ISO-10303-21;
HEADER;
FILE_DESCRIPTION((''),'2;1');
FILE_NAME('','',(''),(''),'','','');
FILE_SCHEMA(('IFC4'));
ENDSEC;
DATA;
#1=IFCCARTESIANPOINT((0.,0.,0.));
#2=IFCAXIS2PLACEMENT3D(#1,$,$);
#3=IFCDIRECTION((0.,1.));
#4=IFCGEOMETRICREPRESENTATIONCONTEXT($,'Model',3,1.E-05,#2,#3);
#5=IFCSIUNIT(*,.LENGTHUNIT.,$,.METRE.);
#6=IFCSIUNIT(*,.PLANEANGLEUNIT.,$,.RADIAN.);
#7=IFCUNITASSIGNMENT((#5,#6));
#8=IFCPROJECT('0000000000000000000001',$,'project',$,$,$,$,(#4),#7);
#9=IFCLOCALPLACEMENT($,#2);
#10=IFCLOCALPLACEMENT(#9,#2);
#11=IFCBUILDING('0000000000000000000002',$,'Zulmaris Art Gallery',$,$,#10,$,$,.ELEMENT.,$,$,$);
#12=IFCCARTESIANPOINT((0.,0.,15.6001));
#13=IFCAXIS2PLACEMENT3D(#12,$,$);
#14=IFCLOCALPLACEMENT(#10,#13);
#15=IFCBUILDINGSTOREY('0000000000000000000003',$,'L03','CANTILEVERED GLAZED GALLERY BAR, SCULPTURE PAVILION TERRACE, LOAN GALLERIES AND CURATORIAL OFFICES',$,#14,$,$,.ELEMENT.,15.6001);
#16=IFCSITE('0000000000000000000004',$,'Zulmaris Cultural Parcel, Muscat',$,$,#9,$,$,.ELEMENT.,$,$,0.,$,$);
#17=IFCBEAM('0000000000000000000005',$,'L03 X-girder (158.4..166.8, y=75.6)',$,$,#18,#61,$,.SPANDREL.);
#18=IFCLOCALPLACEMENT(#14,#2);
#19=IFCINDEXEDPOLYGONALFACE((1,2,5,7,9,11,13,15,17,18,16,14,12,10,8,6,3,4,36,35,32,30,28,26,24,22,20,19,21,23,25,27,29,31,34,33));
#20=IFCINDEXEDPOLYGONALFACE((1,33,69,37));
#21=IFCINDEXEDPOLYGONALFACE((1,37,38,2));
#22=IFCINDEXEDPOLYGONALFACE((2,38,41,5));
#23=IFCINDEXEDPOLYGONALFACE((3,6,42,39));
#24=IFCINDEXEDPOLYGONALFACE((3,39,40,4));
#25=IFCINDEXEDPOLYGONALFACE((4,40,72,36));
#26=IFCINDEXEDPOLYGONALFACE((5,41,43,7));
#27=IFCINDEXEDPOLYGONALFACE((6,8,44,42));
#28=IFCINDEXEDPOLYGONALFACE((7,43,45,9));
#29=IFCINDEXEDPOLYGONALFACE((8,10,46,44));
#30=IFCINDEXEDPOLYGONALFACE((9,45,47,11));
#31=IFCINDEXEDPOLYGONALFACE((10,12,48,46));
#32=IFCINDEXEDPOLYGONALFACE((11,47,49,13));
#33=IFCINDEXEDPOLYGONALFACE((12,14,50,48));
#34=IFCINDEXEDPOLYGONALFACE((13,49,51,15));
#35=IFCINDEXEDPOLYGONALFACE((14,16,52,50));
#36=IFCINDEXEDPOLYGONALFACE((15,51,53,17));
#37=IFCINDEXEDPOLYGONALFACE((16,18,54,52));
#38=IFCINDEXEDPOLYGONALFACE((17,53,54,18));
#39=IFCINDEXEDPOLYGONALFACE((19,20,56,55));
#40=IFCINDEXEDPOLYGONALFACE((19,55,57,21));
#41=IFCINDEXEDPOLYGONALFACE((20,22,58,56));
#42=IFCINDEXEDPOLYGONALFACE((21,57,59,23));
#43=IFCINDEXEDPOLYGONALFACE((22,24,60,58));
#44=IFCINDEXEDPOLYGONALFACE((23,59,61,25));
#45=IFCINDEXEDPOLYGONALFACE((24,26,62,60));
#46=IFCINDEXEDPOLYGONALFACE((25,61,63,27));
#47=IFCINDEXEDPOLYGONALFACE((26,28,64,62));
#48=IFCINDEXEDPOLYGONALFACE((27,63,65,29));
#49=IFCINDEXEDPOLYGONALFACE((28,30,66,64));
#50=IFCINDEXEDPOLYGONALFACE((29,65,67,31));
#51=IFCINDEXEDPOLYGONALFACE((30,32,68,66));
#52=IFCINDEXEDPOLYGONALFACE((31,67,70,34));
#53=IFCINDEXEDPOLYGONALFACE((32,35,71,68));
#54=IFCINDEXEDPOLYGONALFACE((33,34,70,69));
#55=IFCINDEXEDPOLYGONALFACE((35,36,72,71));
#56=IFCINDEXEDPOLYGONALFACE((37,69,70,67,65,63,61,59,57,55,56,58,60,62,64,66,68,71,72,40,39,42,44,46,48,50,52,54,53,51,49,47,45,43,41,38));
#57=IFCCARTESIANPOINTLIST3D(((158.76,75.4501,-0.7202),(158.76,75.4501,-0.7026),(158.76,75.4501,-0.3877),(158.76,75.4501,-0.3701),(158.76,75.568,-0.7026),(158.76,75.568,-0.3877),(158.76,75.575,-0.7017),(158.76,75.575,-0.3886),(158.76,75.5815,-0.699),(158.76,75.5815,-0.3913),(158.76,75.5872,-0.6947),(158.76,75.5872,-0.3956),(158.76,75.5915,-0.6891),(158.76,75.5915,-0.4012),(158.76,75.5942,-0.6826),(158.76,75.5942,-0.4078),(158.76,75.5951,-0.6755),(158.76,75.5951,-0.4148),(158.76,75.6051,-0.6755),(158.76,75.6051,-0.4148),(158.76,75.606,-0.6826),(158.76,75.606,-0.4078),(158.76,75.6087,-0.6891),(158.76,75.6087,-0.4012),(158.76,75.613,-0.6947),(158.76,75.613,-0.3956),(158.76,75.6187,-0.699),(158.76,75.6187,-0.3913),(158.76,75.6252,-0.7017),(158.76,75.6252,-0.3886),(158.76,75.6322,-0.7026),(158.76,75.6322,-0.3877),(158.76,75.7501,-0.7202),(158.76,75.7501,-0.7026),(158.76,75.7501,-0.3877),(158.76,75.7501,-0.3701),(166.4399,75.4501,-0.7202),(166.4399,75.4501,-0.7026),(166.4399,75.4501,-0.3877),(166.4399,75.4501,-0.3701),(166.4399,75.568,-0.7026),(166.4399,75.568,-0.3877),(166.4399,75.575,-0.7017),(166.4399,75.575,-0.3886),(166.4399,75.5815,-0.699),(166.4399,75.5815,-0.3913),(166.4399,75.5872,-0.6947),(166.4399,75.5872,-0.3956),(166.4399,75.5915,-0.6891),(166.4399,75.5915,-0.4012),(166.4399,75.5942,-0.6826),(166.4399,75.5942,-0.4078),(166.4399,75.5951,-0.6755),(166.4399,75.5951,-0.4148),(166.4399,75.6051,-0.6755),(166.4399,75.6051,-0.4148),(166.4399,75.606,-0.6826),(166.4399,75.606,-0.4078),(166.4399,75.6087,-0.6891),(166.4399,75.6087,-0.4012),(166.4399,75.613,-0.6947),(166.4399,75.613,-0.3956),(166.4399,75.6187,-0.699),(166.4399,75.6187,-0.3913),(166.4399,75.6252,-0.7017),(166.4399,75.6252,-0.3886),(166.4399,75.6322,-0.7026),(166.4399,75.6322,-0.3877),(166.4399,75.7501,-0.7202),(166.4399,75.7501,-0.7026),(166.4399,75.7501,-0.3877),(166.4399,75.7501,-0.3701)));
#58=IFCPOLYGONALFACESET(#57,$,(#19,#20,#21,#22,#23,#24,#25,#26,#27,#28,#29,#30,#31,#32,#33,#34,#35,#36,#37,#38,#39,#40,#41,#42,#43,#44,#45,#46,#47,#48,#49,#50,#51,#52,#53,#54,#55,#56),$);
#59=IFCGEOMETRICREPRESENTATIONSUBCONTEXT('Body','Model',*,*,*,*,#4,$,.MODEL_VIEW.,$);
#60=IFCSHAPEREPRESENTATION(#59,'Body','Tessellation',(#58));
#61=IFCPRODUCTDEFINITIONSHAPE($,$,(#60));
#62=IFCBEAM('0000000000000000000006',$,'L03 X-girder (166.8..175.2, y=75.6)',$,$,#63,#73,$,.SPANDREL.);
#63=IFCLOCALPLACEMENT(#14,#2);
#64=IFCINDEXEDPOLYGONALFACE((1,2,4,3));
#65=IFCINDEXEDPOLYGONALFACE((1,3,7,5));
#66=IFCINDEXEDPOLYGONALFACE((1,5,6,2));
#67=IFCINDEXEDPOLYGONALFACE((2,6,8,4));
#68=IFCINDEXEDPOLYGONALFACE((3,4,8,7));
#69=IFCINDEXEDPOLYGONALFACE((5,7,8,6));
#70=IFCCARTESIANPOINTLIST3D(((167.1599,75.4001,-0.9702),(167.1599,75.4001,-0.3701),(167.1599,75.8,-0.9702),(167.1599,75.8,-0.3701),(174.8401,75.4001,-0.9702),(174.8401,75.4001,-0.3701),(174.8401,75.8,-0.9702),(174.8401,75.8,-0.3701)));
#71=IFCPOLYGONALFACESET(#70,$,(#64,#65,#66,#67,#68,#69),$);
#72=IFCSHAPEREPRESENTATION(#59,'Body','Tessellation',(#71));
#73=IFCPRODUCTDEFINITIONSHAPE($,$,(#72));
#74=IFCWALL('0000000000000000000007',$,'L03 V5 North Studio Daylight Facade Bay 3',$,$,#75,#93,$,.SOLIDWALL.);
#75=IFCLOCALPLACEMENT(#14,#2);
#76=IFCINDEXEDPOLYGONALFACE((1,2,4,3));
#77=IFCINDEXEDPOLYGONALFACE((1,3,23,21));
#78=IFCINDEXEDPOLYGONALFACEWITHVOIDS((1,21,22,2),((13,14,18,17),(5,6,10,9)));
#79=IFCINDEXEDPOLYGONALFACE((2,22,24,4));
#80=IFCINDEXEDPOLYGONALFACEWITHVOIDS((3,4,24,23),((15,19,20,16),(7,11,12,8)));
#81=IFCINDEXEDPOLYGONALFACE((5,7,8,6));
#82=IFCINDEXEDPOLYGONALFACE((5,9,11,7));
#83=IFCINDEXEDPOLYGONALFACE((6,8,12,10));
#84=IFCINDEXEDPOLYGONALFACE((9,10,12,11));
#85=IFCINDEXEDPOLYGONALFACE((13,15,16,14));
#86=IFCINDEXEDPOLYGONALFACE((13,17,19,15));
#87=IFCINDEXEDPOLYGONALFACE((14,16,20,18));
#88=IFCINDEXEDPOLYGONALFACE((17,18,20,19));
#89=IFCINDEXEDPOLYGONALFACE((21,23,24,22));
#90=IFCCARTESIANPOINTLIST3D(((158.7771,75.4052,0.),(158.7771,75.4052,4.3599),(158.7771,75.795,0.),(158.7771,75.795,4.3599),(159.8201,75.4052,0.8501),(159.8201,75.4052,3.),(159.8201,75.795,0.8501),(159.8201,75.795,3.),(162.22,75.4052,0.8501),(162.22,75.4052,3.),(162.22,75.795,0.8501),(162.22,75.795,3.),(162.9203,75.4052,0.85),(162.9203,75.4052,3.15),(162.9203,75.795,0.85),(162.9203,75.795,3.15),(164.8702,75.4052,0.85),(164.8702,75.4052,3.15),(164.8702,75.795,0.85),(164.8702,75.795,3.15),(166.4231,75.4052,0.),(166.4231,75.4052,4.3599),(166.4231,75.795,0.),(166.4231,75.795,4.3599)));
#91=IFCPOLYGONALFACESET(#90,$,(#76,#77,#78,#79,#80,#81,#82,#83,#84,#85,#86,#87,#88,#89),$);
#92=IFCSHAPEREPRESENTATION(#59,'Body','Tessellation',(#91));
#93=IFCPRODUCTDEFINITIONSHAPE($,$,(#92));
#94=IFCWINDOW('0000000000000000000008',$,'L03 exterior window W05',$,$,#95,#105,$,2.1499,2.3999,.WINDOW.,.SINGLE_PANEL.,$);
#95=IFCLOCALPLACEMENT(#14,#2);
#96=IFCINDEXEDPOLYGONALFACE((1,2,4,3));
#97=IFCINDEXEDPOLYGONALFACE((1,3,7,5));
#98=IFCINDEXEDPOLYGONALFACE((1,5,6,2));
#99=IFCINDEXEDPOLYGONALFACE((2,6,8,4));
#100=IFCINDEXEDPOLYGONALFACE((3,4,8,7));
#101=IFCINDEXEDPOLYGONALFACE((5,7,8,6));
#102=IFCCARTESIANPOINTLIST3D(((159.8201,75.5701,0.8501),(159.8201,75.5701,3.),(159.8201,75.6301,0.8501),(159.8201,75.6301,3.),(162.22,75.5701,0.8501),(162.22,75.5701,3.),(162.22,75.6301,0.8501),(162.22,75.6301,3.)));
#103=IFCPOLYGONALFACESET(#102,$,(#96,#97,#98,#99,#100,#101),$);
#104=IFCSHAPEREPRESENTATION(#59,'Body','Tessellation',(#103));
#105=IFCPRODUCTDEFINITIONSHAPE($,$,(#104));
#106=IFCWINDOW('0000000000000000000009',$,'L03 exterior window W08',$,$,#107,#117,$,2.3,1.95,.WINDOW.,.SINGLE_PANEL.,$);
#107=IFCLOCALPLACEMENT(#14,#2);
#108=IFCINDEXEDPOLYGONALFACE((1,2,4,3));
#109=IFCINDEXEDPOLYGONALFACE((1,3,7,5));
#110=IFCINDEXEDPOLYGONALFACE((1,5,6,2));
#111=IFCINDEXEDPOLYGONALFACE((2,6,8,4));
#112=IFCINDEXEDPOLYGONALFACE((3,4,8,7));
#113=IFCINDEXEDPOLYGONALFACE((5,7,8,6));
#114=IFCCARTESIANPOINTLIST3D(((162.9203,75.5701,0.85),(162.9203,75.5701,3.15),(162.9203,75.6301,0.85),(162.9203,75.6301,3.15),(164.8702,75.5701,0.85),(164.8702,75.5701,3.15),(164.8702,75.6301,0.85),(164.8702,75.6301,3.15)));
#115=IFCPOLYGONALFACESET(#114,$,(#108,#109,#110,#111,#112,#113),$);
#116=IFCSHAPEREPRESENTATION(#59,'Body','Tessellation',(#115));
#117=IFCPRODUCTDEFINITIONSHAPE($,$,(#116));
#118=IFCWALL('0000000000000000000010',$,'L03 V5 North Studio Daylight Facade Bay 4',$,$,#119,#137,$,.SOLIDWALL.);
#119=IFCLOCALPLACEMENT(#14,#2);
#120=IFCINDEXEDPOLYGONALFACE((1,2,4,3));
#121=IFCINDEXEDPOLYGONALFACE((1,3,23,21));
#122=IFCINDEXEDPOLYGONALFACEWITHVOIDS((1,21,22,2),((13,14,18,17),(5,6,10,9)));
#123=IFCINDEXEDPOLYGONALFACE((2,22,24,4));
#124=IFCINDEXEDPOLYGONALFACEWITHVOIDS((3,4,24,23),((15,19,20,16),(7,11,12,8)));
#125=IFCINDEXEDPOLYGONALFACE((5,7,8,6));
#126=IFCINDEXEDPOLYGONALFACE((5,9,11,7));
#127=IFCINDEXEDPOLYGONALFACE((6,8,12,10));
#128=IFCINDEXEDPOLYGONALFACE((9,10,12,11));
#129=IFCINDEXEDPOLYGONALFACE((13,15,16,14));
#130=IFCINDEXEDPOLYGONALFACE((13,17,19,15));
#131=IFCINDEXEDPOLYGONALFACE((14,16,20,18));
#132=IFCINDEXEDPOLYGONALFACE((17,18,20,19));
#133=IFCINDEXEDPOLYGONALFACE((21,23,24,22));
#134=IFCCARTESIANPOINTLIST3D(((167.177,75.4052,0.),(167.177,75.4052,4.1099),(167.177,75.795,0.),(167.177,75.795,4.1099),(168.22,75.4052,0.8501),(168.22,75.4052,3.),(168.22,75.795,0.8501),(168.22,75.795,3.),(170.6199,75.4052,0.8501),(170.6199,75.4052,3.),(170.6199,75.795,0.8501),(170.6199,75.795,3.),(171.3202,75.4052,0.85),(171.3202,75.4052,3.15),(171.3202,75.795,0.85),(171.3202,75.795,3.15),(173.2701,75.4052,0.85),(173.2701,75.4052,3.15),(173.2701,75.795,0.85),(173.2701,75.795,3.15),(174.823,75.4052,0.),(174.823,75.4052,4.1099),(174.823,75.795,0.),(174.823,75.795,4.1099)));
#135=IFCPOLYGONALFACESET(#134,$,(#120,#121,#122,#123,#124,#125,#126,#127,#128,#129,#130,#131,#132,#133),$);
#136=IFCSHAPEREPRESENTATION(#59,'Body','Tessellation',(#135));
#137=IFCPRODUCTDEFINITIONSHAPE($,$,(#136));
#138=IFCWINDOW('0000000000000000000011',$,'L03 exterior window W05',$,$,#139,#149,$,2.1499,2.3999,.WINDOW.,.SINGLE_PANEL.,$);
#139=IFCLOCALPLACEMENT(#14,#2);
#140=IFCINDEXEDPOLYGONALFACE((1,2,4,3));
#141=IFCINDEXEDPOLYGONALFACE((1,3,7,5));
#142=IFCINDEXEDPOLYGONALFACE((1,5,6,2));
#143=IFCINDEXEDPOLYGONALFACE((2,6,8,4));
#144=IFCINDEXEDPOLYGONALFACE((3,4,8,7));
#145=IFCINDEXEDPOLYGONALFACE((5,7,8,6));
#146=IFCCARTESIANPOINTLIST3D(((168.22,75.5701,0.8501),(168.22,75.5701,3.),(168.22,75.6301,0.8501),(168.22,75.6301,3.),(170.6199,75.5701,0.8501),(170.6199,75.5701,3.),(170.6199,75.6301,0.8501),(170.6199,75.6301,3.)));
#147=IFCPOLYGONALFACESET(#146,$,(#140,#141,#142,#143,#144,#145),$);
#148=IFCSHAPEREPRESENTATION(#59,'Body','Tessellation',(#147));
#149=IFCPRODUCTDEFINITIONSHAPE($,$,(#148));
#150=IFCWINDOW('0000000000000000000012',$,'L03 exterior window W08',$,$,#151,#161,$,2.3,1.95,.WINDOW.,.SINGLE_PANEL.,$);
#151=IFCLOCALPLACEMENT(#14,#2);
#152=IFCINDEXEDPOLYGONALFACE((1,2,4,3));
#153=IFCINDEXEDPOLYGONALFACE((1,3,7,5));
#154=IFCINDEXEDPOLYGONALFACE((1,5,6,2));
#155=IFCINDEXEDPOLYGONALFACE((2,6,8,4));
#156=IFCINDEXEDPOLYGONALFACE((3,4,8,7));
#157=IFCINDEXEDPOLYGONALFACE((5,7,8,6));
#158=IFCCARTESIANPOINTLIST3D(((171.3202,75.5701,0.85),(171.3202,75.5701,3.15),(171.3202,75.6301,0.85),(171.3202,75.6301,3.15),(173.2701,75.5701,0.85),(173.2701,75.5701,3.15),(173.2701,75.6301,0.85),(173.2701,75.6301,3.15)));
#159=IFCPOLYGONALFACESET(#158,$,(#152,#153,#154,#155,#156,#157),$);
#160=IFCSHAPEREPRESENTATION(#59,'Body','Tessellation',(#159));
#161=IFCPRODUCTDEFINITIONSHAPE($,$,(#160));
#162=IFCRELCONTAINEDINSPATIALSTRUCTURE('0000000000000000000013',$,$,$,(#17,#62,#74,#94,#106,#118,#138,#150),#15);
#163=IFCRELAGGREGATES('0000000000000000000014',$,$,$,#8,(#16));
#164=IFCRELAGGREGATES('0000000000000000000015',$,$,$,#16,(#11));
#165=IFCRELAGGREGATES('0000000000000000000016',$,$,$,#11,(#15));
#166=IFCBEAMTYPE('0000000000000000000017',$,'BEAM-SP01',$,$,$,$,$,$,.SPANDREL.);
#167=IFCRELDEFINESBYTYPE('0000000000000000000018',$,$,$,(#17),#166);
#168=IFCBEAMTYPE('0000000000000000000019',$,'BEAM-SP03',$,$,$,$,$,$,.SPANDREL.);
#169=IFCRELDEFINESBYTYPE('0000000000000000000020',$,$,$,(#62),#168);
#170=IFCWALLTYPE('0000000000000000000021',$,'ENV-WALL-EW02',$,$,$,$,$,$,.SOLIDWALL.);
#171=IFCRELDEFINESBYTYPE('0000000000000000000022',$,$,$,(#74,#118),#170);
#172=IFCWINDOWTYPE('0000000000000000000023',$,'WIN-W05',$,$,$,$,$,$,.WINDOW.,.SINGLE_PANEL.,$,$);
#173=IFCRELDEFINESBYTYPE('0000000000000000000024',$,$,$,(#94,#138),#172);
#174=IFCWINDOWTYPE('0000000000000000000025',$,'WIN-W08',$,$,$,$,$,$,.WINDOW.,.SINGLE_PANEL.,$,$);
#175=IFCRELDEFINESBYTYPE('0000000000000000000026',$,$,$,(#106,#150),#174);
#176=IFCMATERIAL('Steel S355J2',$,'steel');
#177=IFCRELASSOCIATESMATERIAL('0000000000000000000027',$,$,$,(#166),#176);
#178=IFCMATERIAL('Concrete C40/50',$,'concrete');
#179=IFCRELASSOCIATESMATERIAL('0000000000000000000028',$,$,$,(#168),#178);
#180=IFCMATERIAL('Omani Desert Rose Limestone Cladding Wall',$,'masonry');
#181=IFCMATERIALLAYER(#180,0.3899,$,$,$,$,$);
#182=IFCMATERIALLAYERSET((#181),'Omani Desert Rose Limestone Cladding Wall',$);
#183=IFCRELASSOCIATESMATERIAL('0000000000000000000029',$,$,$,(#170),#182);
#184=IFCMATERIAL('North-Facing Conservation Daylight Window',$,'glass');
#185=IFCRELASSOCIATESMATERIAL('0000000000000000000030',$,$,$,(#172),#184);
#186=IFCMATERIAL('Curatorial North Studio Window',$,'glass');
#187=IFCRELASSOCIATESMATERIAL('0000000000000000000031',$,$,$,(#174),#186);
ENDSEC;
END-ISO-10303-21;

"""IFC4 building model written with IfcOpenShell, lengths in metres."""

from ifc_helpers import new_model, si_unit, direction, frame, frame_2d, origin, origin_2d, place, context, subcontext, project, spatial, rectangle, i_section, extrude, material, layer, layer_set, material_profile, profile_set, type_object, element, fill, save


model = new_model("IFC4")

# Units and contexts
model_context = context("Model", 3, precision=1e-05, world=origin(), true_north=direction((0.0, 1.0)))
body_context = subcontext(model_context, "Body", "Model", "MODEL_VIEW")
ifc_project = project(units=[si_unit("LENGTHUNIT", "METRE"), si_unit("PLANEANGLEUNIT", "RADIAN")], contexts=[model_context])

# Site, building, storey
site_placement = place(None, origin())
site = spatial("IfcSite", under=ifc_project, at=site_placement, Name="Zulmaris Cultural Parcel, Muscat", CompositionType="ELEMENT", RefElevation=0.0)
building_placement = place(site_placement, origin())
building = spatial("IfcBuilding", under=site, at=building_placement, Name="Zulmaris Art Gallery", CompositionType="ELEMENT")
storey_placement = place(building_placement, frame((0.0, 0.0, 15.6001)))
storey = spatial("IfcBuildingStorey", under=building, at=storey_placement, Name="L03", Description="CANTILEVERED GLAZED GALLERY BAR, SCULPTURE PAVILION TERRACE, LOAN GALLERIES AND CURATORIAL OFFICES", CompositionType="ELEMENT", Elevation=15.6001)

# Shared definitions
ifc_material_1 = material(Name="Concrete C40/50", Category="concrete")

# Beams
ifc_material_2 = material(Name="Steel S355J2", Category="steel")
ifc_material_profile_1 = material_profile(ifc_material_2, i_section(OverallWidth=0.3, OverallDepth=0.3501, WebThickness=0.01, FlangeThickness=0.0176, FilletRadius=0.0271, at=origin_2d()), Name="HEA 360")
ifc_profile_set_1 = profile_set([ifc_material_profile_1], Name="Steel S355J2")
beam_type_1 = type_object("IfcBeamType", Name="BEAM-SP01", PredefinedType="SPANDREL", material=ifc_profile_set_1)
beam_1_placement = place(storey_placement, frame((158.76, 75.6001, -0.5452), z_axis=(1.0, 0.0, 0.0), x_axis=(0.0, 1.0, 0.0)))
element("IfcBeam", 1, at=beam_1_placement, inside=storey, type_object=beam_type_1, Name="L03 X-girder (158.4..166.8, y=75.6)", PredefinedType="SPANDREL", context=body_context, shape_type="SweptSolid", body=[
    extrude(i_section(OverallWidth=0.3, OverallDepth=0.3501, WebThickness=0.01, FlangeThickness=0.0176, FilletRadius=0.0271, at=origin_2d()), origin(), (0.0, 0.0, 1.0), 7.6799),
])
ifc_material_profile_2 = material_profile(ifc_material_1, rectangle(XDim=0.3999, YDim=0.6001, at=origin_2d()), Name="RC 400x600")
ifc_profile_set_2 = profile_set([ifc_material_profile_2], Name="Concrete C40/50")
beam_type_2 = type_object("IfcBeamType", Name="BEAM-SP03", PredefinedType="SPANDREL", material=ifc_profile_set_2)
beam_2_placement = place(storey_placement, frame((167.1599, 75.6001, -0.6702), z_axis=(1.0, 0.0, 0.0), x_axis=(0.0, 1.0, 0.0)))
element("IfcBeam", 2, at=beam_2_placement, inside=storey, type_object=beam_type_2, Name="L03 X-girder (166.8..175.2, y=75.6)", PredefinedType="SPANDREL", context=body_context, shape_type="SweptSolid", body=[
    extrude(rectangle(XDim=0.3999, YDim=0.6001, at=origin_2d()), origin(), (0.0, 0.0, 1.0), 7.6802),
])

# Walls, openings, windows
ifc_material_3 = material(Name="Omani Desert Rose Limestone Cladding Wall", Category="masonry")
ifc_layer_1 = layer(ifc_material_3, 0.3899)
ifc_layer_set_1 = layer_set([ifc_layer_1], Name="Omani Desert Rose Limestone Cladding Wall")
wall_type_1 = type_object("IfcWallType", Name="ENV-WALL-EW02", PredefinedType="SOLIDWALL", material=ifc_layer_set_1)
wall_1_placement = place(storey_placement, frame((158.7771, 75.6001, 0.0), z_axis=(0.0, 0.0, 1.0), x_axis=(1.0, 0.0, 0.0)))
wall_1 = element("IfcWall", 3, at=wall_1_placement, inside=storey, type_object=wall_type_1, Name="L03 V5 North Studio Daylight Facade Bay 3", PredefinedType="SOLIDWALL", context=body_context, shape_type="SweptSolid", body=[
    extrude(rectangle(XDim=7.646, YDim=0.3899, at=frame_2d((3.823, 0.0))), origin(), (0.0, 0.0, 1.0), 4.3599),
])
opening_1_placement = place(wall_1_placement, frame((1.043, 0.0, 0.8501)))
opening_1 = element("IfcOpeningElement", 4, at=opening_1_placement, cuts=wall_1, PredefinedType="OPENING", context=body_context, shape_type="SweptSolid", body=[
    extrude(rectangle(XDim=2.3999, YDim=2.1499, at=frame_2d((1.2, 1.075))), frame((0.0, 0.2048, 0.0), z_axis=(0.0, -1.0, 0.0), x_axis=(1.0, 0.0, 0.0)), (0.0, 0.0, 1.0), 0.4099),
])
opening_2_placement = place(wall_1_placement, frame((4.1431, 0.0, 0.8501)))
opening_2 = element("IfcOpeningElement", 5, at=opening_2_placement, cuts=wall_1, PredefinedType="OPENING", context=body_context, shape_type="SweptSolid", body=[
    extrude(rectangle(XDim=1.95, YDim=2.3, at=frame_2d((0.9751, 1.1499))), frame((0.0, 0.2048, 0.0), z_axis=(0.0, -1.0, 0.0), x_axis=(1.0, 0.0, 0.0)), (0.0, 0.0, 1.0), 0.4099),
])
ifc_material_4 = material(Name="North-Facing Conservation Daylight Window", Category="glass")
window_type_1 = type_object("IfcWindowType", Name="WIN-W05", PartitioningType="SINGLE_PANEL", PredefinedType="WINDOW", material=ifc_material_4)
window_1_placement = place(opening_1_placement, origin())
window_1 = element("IfcWindow", 6, at=window_1_placement, inside=storey, type_object=window_type_1, Name="L03 exterior window W05", OverallHeight=2.1499, OverallWidth=2.3999, PartitioningType="SINGLE_PANEL", PredefinedType="WINDOW", context=body_context, shape_type="SweptSolid", body=[
    extrude(rectangle(XDim=2.3999, YDim=2.1499, at=frame_2d((1.2, 1.075))), frame((0.0, 0.03, 0.0), z_axis=(0.0, -1.0, 0.0), x_axis=(1.0, 0.0, 0.0)), (0.0, 0.0, 1.0), 0.0601),
])
fill(opening_1, window_1)
ifc_material_5 = material(Name="Curatorial North Studio Window", Category="glass")
window_type_2 = type_object("IfcWindowType", Name="WIN-W08", PartitioningType="SINGLE_PANEL", PredefinedType="WINDOW", material=ifc_material_5)
window_2_placement = place(opening_2_placement, origin())
window_2 = element("IfcWindow", 7, at=window_2_placement, inside=storey, type_object=window_type_2, Name="L03 exterior window W08", OverallHeight=2.3, OverallWidth=1.95, PartitioningType="SINGLE_PANEL", PredefinedType="WINDOW", context=body_context, shape_type="SweptSolid", body=[
    extrude(rectangle(XDim=1.95, YDim=2.3, at=frame_2d((0.9751, 1.1499))), frame((0.0, 0.03, 0.0), z_axis=(0.0, -1.0, 0.0), x_axis=(1.0, 0.0, 0.0)), (0.0, 0.0, 1.0), 0.0601),
])
fill(opening_2, window_2)
wall_2_placement = place(storey_placement, frame((167.177, 75.6001, 0.0), z_axis=(0.0, 0.0, 1.0), x_axis=(1.0, 0.0, 0.0)))
wall_2 = element("IfcWall", 8, at=wall_2_placement, inside=storey, type_object=wall_type_1, Name="L03 V5 North Studio Daylight Facade Bay 4", PredefinedType="SOLIDWALL", context=body_context, shape_type="SweptSolid", body=[
    extrude(rectangle(XDim=7.646, YDim=0.3899, at=frame_2d((3.823, 0.0))), origin(), (0.0, 0.0, 1.0), 4.1099),
])
opening_3_placement = place(wall_2_placement, frame((1.043, 0.0, 0.8501)))
opening_3 = element("IfcOpeningElement", 9, at=opening_3_placement, cuts=wall_2, PredefinedType="OPENING", context=body_context, shape_type="SweptSolid", body=[
    extrude(rectangle(XDim=2.3999, YDim=2.1499, at=frame_2d((1.2, 1.075))), frame((0.0, 0.2048, 0.0), z_axis=(0.0, -1.0, 0.0), x_axis=(1.0, 0.0, 0.0)), (0.0, 0.0, 1.0), 0.4099),
])
opening_4_placement = place(wall_2_placement, frame((4.1431, 0.0, 0.8501)))
opening_4 = element("IfcOpeningElement", 10, at=opening_4_placement, cuts=wall_2, PredefinedType="OPENING", context=body_context, shape_type="SweptSolid", body=[
    extrude(rectangle(XDim=1.95, YDim=2.3, at=frame_2d((0.9751, 1.1499))), frame((0.0, 0.2048, 0.0), z_axis=(0.0, -1.0, 0.0), x_axis=(1.0, 0.0, 0.0)), (0.0, 0.0, 1.0), 0.4099),
])
window_3_placement = place(opening_3_placement, origin())
window_3 = element("IfcWindow", 11, at=window_3_placement, inside=storey, type_object=window_type_1, Name="L03 exterior window W05", OverallHeight=2.1499, OverallWidth=2.3999, PartitioningType="SINGLE_PANEL", PredefinedType="WINDOW", context=body_context, shape_type="SweptSolid", body=[
    extrude(rectangle(XDim=2.3999, YDim=2.1499, at=frame_2d((1.2, 1.075))), frame((0.0, 0.03, 0.0), z_axis=(0.0, -1.0, 0.0), x_axis=(1.0, 0.0, 0.0)), (0.0, 0.0, 1.0), 0.0601),
])
fill(opening_3, window_3)
window_4_placement = place(opening_4_placement, origin())
window_4 = element("IfcWindow", 12, at=window_4_placement, inside=storey, type_object=window_type_2, Name="L03 exterior window W08", OverallHeight=2.3, OverallWidth=1.95, PartitioningType="SINGLE_PANEL", PredefinedType="WINDOW", context=body_context, shape_type="SweptSolid", body=[
    extrude(rectangle(XDim=1.95, YDim=2.3, at=frame_2d((0.9751, 1.1499))), frame((0.0, 0.03, 0.0), z_axis=(0.0, -1.0, 0.0), x_axis=(1.0, 0.0, 0.0)), (0.0, 0.0, 1.0), 0.0601),
])
fill(opening_4, window_4)

save(model, "model.ifc")
